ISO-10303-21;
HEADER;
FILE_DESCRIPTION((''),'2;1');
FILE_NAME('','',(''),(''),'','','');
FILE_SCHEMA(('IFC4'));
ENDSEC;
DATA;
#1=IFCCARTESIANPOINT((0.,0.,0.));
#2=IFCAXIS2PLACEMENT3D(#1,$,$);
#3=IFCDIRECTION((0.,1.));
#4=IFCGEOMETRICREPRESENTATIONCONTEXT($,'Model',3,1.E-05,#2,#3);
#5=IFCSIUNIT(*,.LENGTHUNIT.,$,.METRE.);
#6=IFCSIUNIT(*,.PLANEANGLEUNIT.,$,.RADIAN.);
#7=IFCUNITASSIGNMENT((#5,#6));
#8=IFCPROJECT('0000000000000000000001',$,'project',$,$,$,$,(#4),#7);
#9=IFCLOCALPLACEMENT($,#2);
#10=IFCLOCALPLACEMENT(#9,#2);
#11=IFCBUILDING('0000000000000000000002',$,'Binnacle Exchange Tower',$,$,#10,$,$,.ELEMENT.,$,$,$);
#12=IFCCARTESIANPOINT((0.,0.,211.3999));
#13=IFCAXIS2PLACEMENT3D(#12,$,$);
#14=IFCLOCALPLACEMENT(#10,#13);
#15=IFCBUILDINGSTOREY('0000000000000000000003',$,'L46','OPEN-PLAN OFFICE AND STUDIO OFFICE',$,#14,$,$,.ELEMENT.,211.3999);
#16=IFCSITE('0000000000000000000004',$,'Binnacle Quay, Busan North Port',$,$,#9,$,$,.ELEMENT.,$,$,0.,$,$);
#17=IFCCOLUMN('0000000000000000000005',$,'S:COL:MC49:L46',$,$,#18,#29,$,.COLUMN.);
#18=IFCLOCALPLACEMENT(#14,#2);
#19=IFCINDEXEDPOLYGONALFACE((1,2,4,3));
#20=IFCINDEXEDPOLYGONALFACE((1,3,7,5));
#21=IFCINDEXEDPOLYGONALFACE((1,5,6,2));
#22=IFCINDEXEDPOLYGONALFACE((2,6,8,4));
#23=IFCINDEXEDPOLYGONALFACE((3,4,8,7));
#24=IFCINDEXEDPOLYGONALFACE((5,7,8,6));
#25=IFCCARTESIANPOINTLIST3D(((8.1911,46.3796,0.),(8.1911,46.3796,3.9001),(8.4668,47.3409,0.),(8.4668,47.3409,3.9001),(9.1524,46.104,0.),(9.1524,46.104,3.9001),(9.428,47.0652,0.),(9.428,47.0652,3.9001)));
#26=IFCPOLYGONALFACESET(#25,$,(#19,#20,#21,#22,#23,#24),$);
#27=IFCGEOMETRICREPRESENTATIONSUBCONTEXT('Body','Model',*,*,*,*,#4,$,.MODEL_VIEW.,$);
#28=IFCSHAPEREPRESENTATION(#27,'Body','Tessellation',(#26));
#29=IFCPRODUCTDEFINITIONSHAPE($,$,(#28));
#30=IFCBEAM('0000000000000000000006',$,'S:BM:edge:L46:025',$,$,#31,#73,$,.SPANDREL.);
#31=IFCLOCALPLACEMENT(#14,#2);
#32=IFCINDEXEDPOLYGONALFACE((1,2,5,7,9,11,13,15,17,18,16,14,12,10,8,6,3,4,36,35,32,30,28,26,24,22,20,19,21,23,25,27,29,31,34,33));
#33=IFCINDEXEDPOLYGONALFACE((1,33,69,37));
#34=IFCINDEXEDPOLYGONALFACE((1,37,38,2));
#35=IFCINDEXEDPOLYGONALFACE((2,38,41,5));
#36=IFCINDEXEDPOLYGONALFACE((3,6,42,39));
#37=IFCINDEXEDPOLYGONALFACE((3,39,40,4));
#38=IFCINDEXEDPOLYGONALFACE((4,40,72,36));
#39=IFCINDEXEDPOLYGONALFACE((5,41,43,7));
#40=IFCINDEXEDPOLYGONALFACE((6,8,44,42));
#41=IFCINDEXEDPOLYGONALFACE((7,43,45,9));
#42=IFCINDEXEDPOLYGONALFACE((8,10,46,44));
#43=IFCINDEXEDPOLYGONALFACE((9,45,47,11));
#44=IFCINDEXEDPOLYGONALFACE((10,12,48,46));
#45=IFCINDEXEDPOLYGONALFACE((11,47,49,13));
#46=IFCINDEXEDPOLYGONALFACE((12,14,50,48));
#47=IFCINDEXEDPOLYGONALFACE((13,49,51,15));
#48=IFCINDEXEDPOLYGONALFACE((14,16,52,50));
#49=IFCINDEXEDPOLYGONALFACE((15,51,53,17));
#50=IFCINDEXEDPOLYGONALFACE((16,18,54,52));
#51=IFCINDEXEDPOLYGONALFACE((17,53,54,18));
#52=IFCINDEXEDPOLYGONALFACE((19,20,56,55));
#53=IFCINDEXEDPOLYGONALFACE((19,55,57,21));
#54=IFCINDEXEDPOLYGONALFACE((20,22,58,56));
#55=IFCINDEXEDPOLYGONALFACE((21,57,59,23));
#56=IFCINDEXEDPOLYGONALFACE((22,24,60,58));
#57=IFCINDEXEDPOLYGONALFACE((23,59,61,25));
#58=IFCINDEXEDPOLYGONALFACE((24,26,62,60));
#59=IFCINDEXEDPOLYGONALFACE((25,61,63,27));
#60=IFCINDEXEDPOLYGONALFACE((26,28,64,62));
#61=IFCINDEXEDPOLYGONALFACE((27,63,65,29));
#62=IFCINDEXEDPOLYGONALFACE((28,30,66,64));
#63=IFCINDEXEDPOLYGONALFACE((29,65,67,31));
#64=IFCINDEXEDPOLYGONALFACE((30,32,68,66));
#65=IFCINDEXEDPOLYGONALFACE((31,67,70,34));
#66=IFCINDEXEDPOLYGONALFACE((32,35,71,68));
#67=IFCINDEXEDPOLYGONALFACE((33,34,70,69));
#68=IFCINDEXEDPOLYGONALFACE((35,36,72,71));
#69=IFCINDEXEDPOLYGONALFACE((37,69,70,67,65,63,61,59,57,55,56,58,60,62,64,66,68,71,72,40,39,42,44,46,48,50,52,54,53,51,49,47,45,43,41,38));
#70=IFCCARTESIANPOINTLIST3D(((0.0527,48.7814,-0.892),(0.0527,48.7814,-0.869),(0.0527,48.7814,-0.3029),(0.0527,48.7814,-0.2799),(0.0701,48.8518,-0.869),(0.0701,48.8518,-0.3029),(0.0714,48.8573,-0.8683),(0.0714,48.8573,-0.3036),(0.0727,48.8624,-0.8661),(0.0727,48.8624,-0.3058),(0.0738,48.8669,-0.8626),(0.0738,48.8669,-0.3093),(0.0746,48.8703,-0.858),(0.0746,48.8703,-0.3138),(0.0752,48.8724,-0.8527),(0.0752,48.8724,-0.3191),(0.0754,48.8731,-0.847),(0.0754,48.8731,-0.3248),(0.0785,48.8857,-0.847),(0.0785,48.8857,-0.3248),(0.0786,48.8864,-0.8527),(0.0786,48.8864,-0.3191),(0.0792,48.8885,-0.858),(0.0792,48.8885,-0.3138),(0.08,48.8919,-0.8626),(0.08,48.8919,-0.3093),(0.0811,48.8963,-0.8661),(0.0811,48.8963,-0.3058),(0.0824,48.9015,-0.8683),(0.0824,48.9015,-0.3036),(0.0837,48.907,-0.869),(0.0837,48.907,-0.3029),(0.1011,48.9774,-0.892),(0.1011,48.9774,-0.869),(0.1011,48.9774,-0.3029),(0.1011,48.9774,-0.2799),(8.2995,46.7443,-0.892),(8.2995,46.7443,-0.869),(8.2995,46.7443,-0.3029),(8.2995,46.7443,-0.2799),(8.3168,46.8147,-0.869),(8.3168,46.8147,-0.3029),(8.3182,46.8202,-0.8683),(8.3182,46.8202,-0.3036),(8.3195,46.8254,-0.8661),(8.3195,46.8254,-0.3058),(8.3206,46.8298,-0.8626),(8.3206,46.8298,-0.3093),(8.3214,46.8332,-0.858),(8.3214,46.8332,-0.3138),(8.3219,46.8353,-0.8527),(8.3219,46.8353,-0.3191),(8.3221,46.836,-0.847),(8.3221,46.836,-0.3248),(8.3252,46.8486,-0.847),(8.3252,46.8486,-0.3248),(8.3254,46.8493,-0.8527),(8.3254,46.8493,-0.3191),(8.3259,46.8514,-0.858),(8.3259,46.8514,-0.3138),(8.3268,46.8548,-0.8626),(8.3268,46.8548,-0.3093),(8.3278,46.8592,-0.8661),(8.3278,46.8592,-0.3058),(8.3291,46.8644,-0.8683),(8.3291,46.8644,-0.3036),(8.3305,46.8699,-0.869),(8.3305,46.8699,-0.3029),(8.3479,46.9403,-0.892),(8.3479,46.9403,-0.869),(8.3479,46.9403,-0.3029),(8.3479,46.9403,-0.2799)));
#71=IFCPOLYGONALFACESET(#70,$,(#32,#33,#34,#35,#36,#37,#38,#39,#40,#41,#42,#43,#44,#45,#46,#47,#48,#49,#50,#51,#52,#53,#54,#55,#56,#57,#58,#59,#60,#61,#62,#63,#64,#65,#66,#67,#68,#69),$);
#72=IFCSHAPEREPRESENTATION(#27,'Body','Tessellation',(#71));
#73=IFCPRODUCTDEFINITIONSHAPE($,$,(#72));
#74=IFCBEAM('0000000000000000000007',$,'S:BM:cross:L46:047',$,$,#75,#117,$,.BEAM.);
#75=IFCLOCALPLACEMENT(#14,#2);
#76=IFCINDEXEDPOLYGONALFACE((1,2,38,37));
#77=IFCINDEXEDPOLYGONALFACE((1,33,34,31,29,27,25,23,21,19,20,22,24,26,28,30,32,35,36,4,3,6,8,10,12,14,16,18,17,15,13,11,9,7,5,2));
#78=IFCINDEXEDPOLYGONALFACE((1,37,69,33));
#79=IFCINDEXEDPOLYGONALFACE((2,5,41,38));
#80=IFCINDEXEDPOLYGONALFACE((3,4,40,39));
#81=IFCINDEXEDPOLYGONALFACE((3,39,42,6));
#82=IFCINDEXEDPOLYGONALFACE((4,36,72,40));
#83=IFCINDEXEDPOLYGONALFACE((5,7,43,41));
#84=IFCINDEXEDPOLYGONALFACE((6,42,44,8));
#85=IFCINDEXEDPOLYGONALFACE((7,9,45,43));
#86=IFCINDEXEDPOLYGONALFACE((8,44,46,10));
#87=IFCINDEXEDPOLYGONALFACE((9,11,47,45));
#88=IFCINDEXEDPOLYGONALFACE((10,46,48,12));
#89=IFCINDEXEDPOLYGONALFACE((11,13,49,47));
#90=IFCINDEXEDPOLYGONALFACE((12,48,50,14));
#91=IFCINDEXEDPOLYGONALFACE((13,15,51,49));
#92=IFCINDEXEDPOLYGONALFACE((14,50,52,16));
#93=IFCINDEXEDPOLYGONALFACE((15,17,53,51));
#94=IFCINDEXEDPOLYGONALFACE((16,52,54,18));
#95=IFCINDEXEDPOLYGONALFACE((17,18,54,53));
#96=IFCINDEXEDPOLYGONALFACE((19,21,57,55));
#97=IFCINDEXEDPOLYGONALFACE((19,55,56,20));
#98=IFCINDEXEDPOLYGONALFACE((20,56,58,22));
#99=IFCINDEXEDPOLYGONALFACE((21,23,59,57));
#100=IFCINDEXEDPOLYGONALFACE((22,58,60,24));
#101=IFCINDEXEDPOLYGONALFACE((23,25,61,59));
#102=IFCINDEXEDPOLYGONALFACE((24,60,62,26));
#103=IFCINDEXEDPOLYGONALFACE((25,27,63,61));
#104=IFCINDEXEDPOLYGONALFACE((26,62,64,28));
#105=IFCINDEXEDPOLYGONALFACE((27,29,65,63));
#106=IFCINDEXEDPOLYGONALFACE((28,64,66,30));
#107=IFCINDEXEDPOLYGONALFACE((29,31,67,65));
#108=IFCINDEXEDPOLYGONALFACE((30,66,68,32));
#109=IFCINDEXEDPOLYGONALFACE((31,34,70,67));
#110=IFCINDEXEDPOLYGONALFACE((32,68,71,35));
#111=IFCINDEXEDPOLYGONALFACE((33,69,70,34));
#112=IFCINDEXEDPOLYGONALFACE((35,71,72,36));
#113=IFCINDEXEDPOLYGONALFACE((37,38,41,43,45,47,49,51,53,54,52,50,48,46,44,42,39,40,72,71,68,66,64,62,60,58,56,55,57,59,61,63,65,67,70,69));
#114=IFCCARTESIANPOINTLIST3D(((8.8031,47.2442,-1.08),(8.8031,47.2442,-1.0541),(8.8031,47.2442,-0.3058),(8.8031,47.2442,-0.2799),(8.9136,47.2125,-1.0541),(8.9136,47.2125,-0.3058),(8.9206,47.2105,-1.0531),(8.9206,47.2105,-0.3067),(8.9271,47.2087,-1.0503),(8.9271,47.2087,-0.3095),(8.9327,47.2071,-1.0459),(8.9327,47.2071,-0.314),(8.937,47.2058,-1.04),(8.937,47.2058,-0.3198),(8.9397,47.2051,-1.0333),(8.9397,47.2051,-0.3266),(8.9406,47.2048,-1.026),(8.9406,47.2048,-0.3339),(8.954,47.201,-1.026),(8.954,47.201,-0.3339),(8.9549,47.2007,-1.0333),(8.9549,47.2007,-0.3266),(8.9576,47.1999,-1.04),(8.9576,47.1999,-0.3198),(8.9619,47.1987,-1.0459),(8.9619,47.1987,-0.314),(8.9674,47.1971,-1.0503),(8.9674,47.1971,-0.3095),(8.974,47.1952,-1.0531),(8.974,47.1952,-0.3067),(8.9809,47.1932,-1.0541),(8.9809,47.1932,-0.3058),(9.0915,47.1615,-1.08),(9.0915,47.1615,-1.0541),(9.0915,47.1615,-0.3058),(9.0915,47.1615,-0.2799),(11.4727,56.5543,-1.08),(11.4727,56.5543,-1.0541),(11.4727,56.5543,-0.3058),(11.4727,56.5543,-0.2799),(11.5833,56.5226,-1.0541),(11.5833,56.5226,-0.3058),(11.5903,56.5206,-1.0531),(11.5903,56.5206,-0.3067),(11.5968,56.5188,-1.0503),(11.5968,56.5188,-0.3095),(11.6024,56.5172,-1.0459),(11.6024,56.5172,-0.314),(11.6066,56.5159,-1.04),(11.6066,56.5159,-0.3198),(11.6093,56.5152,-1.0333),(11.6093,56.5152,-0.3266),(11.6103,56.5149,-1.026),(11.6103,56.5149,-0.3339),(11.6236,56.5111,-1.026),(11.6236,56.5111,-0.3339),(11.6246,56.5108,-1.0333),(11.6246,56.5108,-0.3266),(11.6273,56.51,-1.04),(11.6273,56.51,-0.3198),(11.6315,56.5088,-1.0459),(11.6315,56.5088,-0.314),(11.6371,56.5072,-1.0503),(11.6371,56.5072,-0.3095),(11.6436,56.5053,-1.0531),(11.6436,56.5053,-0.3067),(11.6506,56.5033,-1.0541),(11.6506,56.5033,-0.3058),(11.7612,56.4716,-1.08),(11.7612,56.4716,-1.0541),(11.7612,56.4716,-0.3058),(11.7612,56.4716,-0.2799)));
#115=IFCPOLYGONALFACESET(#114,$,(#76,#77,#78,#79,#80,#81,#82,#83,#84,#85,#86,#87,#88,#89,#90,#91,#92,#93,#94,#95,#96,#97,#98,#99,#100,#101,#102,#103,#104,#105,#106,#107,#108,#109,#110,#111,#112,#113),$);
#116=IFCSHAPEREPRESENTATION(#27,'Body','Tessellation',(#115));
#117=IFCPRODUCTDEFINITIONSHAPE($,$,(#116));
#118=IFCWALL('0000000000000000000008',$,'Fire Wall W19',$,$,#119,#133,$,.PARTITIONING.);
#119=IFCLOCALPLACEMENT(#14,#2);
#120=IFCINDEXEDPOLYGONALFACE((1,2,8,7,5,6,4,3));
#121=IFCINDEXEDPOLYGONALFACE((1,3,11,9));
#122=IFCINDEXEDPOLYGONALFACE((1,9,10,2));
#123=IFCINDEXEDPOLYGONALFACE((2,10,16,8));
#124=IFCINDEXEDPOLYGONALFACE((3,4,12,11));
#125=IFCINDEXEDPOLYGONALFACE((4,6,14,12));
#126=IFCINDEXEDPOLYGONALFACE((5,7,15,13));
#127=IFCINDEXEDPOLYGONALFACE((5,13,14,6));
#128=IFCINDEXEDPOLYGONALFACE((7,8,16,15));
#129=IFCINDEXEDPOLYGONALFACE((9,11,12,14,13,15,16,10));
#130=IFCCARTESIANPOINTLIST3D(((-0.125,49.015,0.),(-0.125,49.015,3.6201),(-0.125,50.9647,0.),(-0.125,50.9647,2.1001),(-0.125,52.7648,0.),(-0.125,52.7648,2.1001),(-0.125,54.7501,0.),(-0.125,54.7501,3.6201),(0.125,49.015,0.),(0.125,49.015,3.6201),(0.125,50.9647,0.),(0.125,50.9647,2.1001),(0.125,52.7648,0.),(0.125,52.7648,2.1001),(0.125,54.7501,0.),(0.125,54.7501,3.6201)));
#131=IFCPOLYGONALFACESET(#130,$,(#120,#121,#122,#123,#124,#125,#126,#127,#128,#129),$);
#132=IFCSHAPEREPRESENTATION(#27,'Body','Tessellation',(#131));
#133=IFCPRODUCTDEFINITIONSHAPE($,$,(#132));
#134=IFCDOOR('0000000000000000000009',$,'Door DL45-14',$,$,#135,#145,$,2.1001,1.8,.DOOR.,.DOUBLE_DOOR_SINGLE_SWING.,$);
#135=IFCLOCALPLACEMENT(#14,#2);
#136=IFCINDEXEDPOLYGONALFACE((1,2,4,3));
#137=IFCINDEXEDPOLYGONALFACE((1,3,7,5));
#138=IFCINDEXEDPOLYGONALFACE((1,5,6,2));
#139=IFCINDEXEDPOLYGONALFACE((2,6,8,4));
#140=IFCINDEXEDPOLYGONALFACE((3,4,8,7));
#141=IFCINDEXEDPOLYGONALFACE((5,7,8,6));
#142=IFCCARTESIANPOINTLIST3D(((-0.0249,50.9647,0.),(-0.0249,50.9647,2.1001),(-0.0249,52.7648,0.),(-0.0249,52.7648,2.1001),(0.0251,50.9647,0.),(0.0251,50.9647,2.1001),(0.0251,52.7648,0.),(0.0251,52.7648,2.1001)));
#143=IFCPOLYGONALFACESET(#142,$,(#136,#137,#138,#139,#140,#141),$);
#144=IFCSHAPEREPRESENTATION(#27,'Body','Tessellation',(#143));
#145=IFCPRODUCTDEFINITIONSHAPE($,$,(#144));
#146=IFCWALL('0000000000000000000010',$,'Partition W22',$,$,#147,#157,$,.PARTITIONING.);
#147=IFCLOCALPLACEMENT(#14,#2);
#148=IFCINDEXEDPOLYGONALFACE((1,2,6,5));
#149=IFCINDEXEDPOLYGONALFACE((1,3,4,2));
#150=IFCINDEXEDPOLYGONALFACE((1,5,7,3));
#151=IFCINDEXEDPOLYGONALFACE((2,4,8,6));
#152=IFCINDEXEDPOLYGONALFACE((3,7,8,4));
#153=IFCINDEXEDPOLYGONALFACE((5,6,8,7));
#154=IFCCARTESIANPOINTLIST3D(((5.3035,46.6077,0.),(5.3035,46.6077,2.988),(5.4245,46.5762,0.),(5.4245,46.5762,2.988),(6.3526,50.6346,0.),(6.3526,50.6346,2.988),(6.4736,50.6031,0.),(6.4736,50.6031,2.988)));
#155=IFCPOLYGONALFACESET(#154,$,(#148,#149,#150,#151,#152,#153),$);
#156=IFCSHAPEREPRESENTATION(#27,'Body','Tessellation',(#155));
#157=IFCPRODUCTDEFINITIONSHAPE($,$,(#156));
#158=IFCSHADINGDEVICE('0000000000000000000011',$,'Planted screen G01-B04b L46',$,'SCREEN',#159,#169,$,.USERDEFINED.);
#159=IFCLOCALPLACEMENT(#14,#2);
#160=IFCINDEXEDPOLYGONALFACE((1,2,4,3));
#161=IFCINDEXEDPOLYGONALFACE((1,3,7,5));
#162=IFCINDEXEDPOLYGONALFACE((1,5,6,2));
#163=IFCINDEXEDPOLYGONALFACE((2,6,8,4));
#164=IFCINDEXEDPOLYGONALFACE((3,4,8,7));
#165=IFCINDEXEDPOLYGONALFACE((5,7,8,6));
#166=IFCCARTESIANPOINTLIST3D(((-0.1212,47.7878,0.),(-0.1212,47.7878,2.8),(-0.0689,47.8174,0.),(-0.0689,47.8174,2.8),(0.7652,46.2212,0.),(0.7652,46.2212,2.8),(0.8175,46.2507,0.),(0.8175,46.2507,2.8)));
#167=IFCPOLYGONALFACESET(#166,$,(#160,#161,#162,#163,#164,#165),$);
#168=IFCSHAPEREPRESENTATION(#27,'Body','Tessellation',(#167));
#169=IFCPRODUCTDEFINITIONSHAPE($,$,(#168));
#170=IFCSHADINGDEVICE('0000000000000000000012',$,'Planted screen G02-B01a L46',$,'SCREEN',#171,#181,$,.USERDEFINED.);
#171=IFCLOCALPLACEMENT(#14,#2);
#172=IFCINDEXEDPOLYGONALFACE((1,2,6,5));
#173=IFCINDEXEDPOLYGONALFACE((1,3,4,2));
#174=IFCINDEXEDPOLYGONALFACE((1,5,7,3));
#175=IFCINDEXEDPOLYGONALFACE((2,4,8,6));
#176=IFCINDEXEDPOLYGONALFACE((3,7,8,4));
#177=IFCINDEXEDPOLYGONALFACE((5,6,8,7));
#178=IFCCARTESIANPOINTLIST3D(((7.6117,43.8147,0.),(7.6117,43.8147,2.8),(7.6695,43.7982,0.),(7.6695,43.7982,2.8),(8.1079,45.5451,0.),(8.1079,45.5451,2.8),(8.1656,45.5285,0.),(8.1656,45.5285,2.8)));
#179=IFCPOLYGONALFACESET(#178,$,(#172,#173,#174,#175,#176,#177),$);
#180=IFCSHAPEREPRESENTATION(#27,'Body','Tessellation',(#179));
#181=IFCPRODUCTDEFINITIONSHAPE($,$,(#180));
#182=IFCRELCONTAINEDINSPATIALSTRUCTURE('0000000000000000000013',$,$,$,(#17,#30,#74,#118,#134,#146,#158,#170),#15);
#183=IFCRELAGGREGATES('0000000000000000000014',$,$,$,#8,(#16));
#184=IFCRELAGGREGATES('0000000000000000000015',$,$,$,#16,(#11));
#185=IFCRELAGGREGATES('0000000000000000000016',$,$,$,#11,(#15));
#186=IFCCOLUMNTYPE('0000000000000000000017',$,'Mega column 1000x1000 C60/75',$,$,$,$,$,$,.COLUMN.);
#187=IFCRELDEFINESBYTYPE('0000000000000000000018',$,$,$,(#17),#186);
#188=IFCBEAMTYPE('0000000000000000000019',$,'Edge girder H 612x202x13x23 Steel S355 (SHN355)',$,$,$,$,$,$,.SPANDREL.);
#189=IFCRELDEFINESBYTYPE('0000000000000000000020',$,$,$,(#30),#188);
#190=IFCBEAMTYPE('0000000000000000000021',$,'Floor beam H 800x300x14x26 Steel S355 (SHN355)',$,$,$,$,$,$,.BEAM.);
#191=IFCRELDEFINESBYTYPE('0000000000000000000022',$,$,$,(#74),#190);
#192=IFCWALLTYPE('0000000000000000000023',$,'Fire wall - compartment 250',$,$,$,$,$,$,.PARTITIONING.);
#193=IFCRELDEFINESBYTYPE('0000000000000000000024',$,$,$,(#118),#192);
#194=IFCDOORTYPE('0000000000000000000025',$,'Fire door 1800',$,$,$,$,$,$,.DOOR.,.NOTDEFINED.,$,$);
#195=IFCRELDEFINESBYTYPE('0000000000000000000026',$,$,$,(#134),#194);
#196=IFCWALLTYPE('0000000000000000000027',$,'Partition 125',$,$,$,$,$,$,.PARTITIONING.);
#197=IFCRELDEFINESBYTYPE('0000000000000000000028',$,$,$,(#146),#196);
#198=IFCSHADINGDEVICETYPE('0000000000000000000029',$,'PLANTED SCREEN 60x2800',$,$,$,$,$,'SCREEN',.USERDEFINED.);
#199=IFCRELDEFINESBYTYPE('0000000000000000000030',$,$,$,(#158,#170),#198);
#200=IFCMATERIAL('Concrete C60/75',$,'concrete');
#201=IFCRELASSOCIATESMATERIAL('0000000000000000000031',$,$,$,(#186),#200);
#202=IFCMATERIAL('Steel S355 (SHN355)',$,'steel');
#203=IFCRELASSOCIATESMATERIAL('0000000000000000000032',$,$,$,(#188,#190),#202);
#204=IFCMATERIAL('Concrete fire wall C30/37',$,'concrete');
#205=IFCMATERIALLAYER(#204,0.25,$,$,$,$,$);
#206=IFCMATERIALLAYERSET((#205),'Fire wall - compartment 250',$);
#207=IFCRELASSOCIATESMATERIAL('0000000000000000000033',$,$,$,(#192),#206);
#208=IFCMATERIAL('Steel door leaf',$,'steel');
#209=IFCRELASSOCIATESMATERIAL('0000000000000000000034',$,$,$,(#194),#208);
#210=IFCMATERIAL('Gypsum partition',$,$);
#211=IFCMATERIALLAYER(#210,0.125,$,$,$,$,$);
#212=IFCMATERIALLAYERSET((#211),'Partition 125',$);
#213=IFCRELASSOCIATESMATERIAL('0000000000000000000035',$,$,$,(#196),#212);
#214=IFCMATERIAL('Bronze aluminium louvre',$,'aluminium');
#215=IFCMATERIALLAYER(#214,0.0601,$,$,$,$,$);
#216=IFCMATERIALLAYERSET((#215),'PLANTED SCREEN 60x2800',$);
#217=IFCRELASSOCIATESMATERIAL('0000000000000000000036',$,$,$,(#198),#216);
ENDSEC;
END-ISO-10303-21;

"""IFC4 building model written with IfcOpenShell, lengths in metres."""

from ifc_helpers import new_model, si_unit, direction, frame, frame_2d, origin, origin_2d, place, context, subcontext, project, spatial, rectangle, i_section, extrude, material, layer, layer_set, material_profile, profile_set, type_object, element, fill, save


model = new_model("IFC4")

# Units and contexts
model_context = context("Model", 3, precision=1e-05, world=origin(), true_north=direction((0.0, 1.0)))
body_context = subcontext(model_context, "Body", "Model", "MODEL_VIEW")
ifc_project = project(units=[si_unit("LENGTHUNIT", "METRE"), si_unit("PLANEANGLEUNIT", "RADIAN")], contexts=[model_context])

# Site, building, storey
site_placement = place(None, origin())
site = spatial("IfcSite", under=ifc_project, at=site_placement, Name="Binnacle Quay, Busan North Port", CompositionType="ELEMENT", RefElevation=0.0)
building_placement = place(site_placement, origin())
building = spatial("IfcBuilding", under=site, at=building_placement, Name="Binnacle Exchange Tower", CompositionType="ELEMENT")
storey_placement = place(building_placement, frame((0.0, 0.0, 211.3999)))
storey = spatial("IfcBuildingStorey", under=building, at=storey_placement, Name="L46", Description="OPEN-PLAN OFFICE AND STUDIO OFFICE", CompositionType="ELEMENT", Elevation=211.3999)

# Column
ifc_material_1 = material(Name="Concrete C60/75", Category="concrete")
ifc_material_profile_1 = material_profile(ifc_material_1, rectangle(XDim=1.0, YDim=1.0, at=origin_2d()), Name="Mega column 1000x1000 C60/75")
ifc_profile_set_1 = profile_set([ifc_material_profile_1], Name="Concrete C60/75")
column_type = type_object("IfcColumnType", Name="Mega column 1000x1000 C60/75", PredefinedType="COLUMN", material=ifc_profile_set_1)
column_placement = place(storey_placement, frame((8.8096, 46.7224, 0.0), z_axis=(0.0, 0.0, 1.0), x_axis=(0.961262, -0.275637, 0.0)))
element("IfcColumn", 1, at=column_placement, inside=storey, type_object=column_type, Name="S:COL:MC49:L46", PredefinedType="COLUMN", context=body_context, shape_type="SweptSolid", body=[
    extrude(rectangle(XDim=1.0, YDim=1.0, at=origin_2d()), origin(), (0.0, 0.0, 1.0), 3.9001),
])

# Beams
ifc_material_2 = material(Name="Steel S355 (SHN355)", Category="steel")
ifc_material_profile_2 = material_profile(ifc_material_2, i_section(OverallWidth=0.2019, OverallDepth=0.6121, WebThickness=0.0129, FlangeThickness=0.0229, FilletRadius=0.022, at=origin_2d()), Name="H 612x202x13x23")
ifc_profile_set_2 = profile_set([ifc_material_profile_2], Name="Steel S355 (SHN355)")
beam_type_1 = type_object("IfcBeamType", Name="Edge girder H 612x202x13x23 Steel S355 (SHN355)", PredefinedType="SPANDREL", material=ifc_profile_set_2)
beam_1_placement = place(storey_placement, frame((0.0769, 48.8794, -0.5859), z_axis=(0.97082, -0.239809, 0.0), x_axis=(0.239809, 0.97082, 0.0)))
element("IfcBeam", 2, at=beam_1_placement, inside=storey, type_object=beam_type_1, Name="S:BM:edge:L46:025", PredefinedType="SPANDREL", context=body_context, shape_type="SweptSolid", body=[
    extrude(i_section(OverallWidth=0.2019, OverallDepth=0.6121, WebThickness=0.0129, FlangeThickness=0.0229, FilletRadius=0.022, at=origin_2d()), origin(), (0.0, 0.0, 1.0), 8.4946),
])
ifc_material_profile_3 = material_profile(ifc_material_2, i_section(OverallWidth=0.3, OverallDepth=0.8, WebThickness=0.0139, FlangeThickness=0.0259, FilletRadius=0.0281, at=origin_2d()), Name="H 800x300x14x26")
ifc_profile_set_3 = profile_set([ifc_material_profile_3], Name="Steel S355 (SHN355)")
beam_type_2 = type_object("IfcBeamType", Name="Floor beam H 800x300x14x26 Steel S355 (SHN355)", PredefinedType="BEAM", material=ifc_profile_set_3)
beam_2_placement = place(storey_placement, frame((8.9473, 47.2029, -0.6799), z_axis=(0.275643, 0.96126, 0.0), x_axis=(-0.96126, 0.275643, 0.0)))
element("IfcBeam", 3, at=beam_2_placement, inside=storey, type_object=beam_type_2, Name="S:BM:cross:L46:047", PredefinedType="BEAM", context=body_context, shape_type="SweptSolid", body=[
    extrude(i_section(OverallWidth=0.3, OverallDepth=0.8, WebThickness=0.0139, FlangeThickness=0.0259, FilletRadius=0.0281, at=origin_2d()), origin(), (0.0, 0.0, 1.0), 9.6853),
])

# Wall, opening, door
ifc_material_3 = material(Name="Concrete fire wall C30/37", Category="concrete")
ifc_layer_1 = layer(ifc_material_3, 0.25)
ifc_layer_set_1 = layer_set([ifc_layer_1], Name="Fire wall - compartment 250")
wall_type_1 = type_object("IfcWallType", Name="Fire wall - compartment 250", PredefinedType="PARTITIONING", material=ifc_layer_set_1)
wall_1_placement = place(storey_placement, frame((0.0, 49.0149, 0.0), z_axis=(0.0, 0.0, 1.0), x_axis=(0.0, 1.0, 0.0)))
wall_1 = element("IfcWall", 4, at=wall_1_placement, inside=storey, type_object=wall_type_1, Name="Fire Wall W19", PredefinedType="PARTITIONING", context=body_context, shape_type="SweptSolid", body=[
    extrude(rectangle(XDim=5.7351, YDim=0.25, at=frame_2d((2.8677, 0.0))), origin(), (0.0, 0.0, 1.0), 3.6201),
])
opening_placement = place(wall_1_placement, frame((1.95, 0.0, 0.0)))
opening = element("IfcOpeningElement", 5, at=opening_placement, cuts=wall_1, PredefinedType="OPENING", context=body_context, shape_type="SweptSolid", body=[
    extrude(rectangle(XDim=1.8, YDim=2.1001, at=frame_2d((0.8999, 1.05))), frame((0.0, 0.135, 0.0), z_axis=(0.0, -1.0, 0.0), x_axis=(1.0, 0.0, 0.0)), (0.0, 0.0, 1.0), 0.27),
])
ifc_material_4 = material(Name="Steel door leaf", Category="steel")
door_type = type_object("IfcDoorType", Name="Fire door 1800", OperationType="NOTDEFINED", PredefinedType="DOOR", material=ifc_material_4)
door_placement = place(opening_placement, origin())
door = element("IfcDoor", 6, at=door_placement, inside=storey, type_object=door_type, Name="Door DL45-14", OperationType="DOUBLE_DOOR_SINGLE_SWING", OverallHeight=2.1001, OverallWidth=1.8, PredefinedType="DOOR", context=body_context, shape_type="SweptSolid", body=[
    extrude(rectangle(XDim=1.8, YDim=2.1001, at=frame_2d((0.8999, 1.05))), frame((0.0, 0.0249, 0.0), z_axis=(0.0, -1.0, 0.0), x_axis=(1.0, 0.0, 0.0)), (0.0, 0.0, 1.0), 0.05),
])
fill(opening, door)

# Wall
ifc_material_5 = material(Name="Gypsum partition")
ifc_layer_2 = layer(ifc_material_5, 0.125)
ifc_layer_set_2 = layer_set([ifc_layer_2], Name="Partition 125")
wall_type_2 = type_object("IfcWallType", Name="Partition 125", PredefinedType="PARTITIONING", material=ifc_layer_set_2)
wall_2_placement = place(storey_placement, frame((5.364, 46.592, 0.0), z_axis=(0.0, 0.0, 1.0), x_axis=(0.252104, 0.9677, 0.0)))
element("IfcWall", 7, at=wall_2_placement, inside=storey, type_object=wall_type_2, Name="Partition W22", PredefinedType="PARTITIONING", context=body_context, shape_type="SweptSolid", body=[
    extrude(rectangle(XDim=4.1614, YDim=0.125, at=frame_2d((2.0806, 0.0))), origin(), (0.0, 0.0, 1.0), 2.988),
])

# Shading devices
ifc_material_6 = material(Name="Bronze aluminium louvre", Category="aluminium")
ifc_layer_3 = layer(ifc_material_6, 0.0601)
ifc_layer_set_3 = layer_set([ifc_layer_3], Name="PLANTED SCREEN 60x2800")
shading_device_type = type_object("IfcShadingDeviceType", Name="PLANTED SCREEN 60x2800", ElementType="SCREEN", PredefinedType="USERDEFINED", material=ifc_layer_set_3)
for number, where, z_axis, x_axis, name in (
    (8, (0.3481, 47.0193, 0.0), (0.0, 0.0, 1.0), (0.870356, 0.492424, 0.0), "Planted screen G01-B04b L46"),
    (9, (7.8887, 44.6716, 0.0), (0.0, 0.0, 1.0), (0.961262, -0.275637, 0.0), "Planted screen G02-B01a L46"),
):
    element("IfcShadingDevice", number, at=place(storey_placement, frame(where, z_axis=z_axis, x_axis=x_axis)), inside=storey, type_object=shading_device_type, Name=name, ObjectType="SCREEN", PredefinedType="USERDEFINED", context=body_context, shape_type="SweptSolid", body=[
        extrude(rectangle(XDim=0.0601, YDim=1.8, at=origin_2d()), origin(), (0.0, 0.0, 1.0), 2.8),
    ])

save(model, "model.ifc")
